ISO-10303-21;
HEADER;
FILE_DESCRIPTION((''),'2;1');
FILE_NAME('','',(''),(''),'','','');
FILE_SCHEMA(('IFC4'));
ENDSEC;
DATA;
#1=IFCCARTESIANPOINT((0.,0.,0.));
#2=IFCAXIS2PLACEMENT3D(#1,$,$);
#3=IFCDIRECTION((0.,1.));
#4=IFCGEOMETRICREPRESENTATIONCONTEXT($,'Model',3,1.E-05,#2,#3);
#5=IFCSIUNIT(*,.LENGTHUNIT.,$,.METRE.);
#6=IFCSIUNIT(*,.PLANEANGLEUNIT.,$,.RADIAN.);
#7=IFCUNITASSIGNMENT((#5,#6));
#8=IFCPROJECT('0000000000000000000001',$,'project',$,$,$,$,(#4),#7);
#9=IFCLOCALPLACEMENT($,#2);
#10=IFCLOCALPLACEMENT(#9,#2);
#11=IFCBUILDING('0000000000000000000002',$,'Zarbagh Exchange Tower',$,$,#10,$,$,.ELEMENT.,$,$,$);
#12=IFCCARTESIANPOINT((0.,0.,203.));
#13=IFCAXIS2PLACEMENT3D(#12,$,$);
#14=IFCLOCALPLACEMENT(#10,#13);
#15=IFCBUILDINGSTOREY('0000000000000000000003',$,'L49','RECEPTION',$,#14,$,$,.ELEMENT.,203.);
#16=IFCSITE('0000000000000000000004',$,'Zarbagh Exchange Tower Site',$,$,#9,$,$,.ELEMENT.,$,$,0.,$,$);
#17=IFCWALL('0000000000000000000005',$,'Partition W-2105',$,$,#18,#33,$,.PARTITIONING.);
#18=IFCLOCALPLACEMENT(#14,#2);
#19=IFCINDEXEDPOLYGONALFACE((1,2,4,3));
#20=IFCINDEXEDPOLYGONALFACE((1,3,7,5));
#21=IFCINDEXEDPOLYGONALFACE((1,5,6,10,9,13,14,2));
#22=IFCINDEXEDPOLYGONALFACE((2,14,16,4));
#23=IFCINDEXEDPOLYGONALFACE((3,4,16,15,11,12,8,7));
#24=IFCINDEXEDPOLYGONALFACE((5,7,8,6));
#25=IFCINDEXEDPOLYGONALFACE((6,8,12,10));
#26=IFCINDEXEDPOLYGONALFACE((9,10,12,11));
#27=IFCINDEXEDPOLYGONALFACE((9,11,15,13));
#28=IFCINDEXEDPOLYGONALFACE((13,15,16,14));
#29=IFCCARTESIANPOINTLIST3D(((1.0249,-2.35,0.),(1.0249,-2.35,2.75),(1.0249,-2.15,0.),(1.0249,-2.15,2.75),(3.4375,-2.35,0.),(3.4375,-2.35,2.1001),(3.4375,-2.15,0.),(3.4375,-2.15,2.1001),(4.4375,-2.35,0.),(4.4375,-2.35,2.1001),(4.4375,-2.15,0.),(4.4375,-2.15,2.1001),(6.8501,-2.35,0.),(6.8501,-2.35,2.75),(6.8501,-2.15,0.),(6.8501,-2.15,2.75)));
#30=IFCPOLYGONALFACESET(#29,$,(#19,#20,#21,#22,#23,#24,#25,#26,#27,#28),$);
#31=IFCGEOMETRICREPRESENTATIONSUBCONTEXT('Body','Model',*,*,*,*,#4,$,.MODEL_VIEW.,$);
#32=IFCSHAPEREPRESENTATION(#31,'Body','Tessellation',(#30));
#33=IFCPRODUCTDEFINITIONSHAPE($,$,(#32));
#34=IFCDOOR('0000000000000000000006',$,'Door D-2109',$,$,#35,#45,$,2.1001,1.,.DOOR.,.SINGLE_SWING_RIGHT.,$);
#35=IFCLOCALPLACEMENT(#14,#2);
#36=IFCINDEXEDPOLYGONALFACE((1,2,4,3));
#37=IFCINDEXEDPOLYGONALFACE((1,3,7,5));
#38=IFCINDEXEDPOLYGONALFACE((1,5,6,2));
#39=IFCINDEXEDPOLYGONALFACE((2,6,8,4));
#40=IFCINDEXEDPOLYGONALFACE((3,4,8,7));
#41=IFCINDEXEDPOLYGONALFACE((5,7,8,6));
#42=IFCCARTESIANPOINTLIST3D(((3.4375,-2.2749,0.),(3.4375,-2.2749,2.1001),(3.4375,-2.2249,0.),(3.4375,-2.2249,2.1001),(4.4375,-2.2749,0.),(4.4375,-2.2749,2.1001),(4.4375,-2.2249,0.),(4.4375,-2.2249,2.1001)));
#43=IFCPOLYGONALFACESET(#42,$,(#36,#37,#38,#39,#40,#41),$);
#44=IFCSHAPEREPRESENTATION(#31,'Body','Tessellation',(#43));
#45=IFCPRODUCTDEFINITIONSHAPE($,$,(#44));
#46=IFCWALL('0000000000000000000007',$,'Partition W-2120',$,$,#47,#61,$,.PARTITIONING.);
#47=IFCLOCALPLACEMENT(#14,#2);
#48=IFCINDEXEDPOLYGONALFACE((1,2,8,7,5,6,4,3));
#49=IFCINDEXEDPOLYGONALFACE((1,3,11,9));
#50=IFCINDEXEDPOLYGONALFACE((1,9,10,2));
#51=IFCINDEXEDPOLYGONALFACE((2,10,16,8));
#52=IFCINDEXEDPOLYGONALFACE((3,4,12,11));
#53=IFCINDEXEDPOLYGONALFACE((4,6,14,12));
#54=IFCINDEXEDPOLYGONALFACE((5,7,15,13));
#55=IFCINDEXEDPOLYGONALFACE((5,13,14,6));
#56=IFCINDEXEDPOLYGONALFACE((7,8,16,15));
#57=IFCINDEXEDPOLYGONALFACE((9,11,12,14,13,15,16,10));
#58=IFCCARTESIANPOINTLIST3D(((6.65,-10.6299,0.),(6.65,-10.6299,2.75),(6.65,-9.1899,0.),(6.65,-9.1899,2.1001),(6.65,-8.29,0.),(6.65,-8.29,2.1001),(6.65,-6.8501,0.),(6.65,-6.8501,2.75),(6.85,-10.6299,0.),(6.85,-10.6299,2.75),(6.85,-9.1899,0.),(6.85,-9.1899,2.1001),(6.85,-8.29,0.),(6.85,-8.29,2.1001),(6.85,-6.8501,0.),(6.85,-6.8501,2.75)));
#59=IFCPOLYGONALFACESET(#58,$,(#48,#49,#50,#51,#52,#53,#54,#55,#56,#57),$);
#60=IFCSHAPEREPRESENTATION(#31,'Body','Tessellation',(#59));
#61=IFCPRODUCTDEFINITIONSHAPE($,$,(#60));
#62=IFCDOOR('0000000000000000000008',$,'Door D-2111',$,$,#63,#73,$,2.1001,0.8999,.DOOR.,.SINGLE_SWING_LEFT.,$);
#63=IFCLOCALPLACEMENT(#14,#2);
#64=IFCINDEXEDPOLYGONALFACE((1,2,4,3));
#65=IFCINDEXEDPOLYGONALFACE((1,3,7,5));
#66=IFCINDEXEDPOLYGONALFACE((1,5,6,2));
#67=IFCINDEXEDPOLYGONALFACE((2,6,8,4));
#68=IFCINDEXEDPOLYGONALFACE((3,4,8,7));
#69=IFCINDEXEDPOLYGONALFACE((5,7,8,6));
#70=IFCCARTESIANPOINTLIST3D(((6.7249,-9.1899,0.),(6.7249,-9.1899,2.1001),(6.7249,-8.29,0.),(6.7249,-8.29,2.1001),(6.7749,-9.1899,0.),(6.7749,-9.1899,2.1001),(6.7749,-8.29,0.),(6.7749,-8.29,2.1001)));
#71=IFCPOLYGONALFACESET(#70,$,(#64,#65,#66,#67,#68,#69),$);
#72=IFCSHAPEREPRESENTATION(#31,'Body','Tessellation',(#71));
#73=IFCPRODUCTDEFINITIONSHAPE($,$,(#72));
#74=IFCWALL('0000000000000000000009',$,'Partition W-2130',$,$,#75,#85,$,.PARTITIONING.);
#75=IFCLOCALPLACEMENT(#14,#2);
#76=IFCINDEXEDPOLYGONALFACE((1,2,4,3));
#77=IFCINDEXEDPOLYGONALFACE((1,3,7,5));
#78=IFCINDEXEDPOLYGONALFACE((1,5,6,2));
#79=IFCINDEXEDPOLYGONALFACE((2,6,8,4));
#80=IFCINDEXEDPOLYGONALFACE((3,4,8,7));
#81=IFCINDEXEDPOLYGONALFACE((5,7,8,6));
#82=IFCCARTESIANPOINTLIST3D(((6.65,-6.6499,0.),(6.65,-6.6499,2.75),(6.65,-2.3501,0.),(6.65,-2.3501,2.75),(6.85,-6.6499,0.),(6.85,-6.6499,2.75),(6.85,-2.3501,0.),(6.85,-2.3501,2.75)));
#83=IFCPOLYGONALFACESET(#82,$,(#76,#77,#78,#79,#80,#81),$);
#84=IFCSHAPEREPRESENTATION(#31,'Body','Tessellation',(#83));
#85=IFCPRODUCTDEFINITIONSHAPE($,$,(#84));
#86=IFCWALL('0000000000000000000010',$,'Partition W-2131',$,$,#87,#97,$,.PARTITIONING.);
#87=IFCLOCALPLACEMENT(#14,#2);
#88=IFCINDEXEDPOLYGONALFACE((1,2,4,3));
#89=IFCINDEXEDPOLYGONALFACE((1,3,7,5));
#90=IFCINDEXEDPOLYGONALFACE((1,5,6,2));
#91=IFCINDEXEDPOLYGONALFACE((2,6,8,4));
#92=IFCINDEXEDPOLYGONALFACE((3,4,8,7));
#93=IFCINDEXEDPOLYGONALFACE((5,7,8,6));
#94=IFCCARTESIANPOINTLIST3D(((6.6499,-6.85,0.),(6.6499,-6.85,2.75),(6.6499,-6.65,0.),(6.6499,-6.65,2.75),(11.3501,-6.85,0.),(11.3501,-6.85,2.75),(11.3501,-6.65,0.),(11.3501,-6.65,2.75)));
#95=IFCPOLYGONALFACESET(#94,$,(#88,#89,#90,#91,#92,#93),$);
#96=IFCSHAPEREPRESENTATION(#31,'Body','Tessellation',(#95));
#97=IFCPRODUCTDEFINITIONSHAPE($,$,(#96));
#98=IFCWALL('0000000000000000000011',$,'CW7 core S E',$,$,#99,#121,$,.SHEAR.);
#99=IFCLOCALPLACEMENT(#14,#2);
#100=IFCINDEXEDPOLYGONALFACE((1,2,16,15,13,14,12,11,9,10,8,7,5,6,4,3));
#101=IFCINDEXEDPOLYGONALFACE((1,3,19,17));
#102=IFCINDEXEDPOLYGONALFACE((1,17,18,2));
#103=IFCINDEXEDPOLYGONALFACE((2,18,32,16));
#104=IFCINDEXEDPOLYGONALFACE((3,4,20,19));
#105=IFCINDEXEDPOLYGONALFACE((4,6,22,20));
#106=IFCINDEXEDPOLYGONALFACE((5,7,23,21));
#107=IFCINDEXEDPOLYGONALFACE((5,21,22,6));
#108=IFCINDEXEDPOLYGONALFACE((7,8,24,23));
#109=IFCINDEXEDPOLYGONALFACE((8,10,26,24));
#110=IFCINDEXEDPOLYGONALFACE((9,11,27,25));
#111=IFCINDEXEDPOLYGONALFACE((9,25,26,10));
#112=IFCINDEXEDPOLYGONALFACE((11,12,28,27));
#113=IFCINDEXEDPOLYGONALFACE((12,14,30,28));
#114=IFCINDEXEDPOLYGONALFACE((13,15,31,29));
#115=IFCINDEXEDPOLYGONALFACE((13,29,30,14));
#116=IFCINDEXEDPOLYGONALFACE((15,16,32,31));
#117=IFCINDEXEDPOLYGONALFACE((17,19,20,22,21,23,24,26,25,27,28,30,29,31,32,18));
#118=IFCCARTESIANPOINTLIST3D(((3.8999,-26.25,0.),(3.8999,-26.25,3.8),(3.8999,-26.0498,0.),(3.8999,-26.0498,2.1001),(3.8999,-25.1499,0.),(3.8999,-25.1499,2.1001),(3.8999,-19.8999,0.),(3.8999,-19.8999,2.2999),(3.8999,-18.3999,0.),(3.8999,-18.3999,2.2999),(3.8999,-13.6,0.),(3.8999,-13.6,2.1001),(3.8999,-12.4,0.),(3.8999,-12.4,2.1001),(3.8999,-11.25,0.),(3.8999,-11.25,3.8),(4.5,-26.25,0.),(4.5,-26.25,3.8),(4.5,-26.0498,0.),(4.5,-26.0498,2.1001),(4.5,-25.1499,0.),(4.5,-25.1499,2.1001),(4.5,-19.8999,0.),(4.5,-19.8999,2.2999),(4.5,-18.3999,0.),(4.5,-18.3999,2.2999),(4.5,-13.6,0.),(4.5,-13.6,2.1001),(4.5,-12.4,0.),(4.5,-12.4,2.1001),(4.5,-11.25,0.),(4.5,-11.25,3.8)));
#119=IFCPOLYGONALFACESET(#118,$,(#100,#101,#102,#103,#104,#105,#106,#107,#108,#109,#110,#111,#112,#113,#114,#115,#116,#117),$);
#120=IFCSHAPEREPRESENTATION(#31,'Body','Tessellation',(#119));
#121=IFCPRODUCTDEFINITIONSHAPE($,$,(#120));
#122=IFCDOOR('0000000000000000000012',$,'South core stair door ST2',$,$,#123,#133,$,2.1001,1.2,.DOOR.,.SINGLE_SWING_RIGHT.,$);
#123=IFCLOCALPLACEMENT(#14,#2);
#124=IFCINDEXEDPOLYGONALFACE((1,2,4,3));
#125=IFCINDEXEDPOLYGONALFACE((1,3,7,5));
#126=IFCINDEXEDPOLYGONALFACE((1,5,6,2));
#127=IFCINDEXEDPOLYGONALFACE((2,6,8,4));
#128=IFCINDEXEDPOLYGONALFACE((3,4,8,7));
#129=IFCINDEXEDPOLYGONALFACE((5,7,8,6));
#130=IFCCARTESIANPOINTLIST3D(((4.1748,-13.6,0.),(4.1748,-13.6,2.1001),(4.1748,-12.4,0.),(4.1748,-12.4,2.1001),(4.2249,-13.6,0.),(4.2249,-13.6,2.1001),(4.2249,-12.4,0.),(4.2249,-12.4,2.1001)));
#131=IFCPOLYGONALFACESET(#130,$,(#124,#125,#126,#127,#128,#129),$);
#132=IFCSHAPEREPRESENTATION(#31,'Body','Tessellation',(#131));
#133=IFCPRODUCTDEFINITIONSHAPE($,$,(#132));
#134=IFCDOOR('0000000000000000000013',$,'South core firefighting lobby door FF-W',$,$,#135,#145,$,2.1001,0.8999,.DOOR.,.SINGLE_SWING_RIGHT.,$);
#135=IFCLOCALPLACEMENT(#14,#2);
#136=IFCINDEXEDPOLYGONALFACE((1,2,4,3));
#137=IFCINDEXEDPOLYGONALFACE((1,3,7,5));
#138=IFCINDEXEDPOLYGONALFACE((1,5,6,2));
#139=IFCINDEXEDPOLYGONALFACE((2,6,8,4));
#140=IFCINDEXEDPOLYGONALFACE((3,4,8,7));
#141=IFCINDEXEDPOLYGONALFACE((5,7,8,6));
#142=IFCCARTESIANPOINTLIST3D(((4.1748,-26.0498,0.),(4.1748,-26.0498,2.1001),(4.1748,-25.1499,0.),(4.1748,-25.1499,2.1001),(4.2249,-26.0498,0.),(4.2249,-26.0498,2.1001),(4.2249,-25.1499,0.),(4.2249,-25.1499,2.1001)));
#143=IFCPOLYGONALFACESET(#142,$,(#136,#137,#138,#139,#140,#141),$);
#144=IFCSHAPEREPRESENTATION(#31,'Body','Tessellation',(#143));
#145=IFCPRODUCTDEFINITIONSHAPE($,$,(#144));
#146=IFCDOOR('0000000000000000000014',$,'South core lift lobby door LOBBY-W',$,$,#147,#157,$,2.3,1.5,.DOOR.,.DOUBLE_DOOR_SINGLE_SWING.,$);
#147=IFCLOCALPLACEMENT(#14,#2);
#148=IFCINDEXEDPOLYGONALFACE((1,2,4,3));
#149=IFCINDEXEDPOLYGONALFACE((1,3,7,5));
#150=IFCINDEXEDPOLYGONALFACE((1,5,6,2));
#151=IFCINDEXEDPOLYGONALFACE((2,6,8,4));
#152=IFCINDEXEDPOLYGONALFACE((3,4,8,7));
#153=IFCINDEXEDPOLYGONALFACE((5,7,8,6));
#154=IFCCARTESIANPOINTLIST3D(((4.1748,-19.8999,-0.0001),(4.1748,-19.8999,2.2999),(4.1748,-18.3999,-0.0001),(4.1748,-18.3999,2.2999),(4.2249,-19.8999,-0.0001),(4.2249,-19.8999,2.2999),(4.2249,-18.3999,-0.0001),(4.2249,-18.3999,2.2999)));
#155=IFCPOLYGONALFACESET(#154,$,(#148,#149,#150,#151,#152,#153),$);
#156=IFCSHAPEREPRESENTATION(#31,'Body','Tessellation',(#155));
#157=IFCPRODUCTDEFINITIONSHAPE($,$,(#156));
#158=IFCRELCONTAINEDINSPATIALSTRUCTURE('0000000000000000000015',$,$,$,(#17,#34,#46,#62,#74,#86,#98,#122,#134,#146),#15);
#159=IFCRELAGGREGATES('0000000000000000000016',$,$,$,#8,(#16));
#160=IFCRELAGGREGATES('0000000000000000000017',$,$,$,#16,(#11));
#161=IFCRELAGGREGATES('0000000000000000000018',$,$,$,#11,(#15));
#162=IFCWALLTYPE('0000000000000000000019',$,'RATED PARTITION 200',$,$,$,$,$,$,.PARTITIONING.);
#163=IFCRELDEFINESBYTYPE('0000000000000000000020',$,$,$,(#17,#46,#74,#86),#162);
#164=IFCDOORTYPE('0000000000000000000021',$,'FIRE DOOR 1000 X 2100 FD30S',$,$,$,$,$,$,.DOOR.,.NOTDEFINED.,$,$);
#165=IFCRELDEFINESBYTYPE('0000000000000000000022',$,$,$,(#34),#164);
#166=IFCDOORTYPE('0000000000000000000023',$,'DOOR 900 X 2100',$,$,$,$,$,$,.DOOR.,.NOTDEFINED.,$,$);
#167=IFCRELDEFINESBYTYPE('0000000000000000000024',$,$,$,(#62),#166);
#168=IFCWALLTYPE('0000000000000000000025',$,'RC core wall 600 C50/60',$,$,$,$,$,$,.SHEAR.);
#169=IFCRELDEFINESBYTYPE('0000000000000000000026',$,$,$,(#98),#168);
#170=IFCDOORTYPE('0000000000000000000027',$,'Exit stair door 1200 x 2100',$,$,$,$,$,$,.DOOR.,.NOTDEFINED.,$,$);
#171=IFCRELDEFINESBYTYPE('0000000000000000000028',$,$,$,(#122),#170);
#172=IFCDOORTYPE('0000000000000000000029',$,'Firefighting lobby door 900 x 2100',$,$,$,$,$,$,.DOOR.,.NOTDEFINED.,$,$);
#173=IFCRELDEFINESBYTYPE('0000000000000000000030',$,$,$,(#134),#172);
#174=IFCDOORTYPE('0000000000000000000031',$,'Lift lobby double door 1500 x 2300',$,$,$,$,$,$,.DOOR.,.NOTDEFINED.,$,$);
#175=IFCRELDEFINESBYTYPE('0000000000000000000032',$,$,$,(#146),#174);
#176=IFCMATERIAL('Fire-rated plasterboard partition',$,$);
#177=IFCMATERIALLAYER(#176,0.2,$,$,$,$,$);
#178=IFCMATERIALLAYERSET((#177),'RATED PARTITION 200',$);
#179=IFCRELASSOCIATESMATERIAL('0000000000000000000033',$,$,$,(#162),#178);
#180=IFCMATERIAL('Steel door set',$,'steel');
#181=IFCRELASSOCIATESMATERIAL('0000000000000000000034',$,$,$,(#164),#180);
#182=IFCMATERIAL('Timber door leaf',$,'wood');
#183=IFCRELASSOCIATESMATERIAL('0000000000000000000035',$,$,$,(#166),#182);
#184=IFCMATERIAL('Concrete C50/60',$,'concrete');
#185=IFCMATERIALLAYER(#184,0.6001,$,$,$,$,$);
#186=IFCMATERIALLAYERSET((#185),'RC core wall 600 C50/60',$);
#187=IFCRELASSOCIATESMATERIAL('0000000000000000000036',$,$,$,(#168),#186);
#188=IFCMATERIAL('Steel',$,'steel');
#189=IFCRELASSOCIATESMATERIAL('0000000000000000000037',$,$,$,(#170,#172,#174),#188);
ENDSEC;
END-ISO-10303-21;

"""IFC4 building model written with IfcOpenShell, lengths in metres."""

from ifc_helpers import new_model, si_unit, direction, frame, frame_2d, origin, place, context, subcontext, project, spatial, rectangle, extrude, material, layer, layer_set, type_object, element, fill, save


model = new_model("IFC4")

# Units and contexts
model_context = context("Model", 3, precision=1e-05, world=origin(), true_north=direction((0.0, 1.0)))
body_context = subcontext(model_context, "Body", "Model", "MODEL_VIEW")
ifc_project = project(units=[si_unit("LENGTHUNIT", "METRE"), si_unit("PLANEANGLEUNIT", "RADIAN")], contexts=[model_context])

# Site, building, storey
site_placement = place(None, origin())
site = spatial("IfcSite", under=ifc_project, at=site_placement, Name="Zarbagh Exchange Tower Site", CompositionType="ELEMENT", RefElevation=0.0)
building_placement = place(site_placement, origin())
building = spatial("IfcBuilding", under=site, at=building_placement, Name="Zarbagh Exchange Tower", CompositionType="ELEMENT")
storey_placement = place(building_placement, frame((0.0, 0.0, 203.0)))
storey = spatial("IfcBuildingStorey", under=building, at=storey_placement, Name="L49", Description="RECEPTION", CompositionType="ELEMENT", Elevation=203.0)

# Shared definitions
ifc_material_1 = material(Name="Concrete C50/60", Category="concrete")

# Walls, openings, doors
ifc_material_2 = material(Name="Fire-rated plasterboard partition")
ifc_layer_1 = layer(ifc_material_2, 0.2)
ifc_layer_set_1 = layer_set([ifc_layer_1], Name="RATED PARTITION 200")
wall_type_1 = type_object("IfcWallType", Name="RATED PARTITION 200", PredefinedType="PARTITIONING", material=ifc_layer_set_1)
wall_1_placement = place(storey_placement, frame((6.8501, -2.25, 0.0), z_axis=(0.0, 0.0, 1.0), x_axis=(-1.0, 0.0, 0.0)))
wall_1 = element("IfcWall", 1, at=wall_1_placement, inside=storey, type_object=wall_type_1, Name="Partition W-2105", PredefinedType="PARTITIONING", context=body_context, shape_type="SweptSolid", body=[
    extrude(rectangle(XDim=5.8252, YDim=0.2, at=frame_2d((2.9126, 0.0))), origin(), (0.0, 0.0, 1.0), 2.75),
])
opening_1_placement = place(wall_1_placement, frame((2.4126, 0.0, 0.0)))
opening_1 = element("IfcOpeningElement", 2, at=opening_1_placement, cuts=wall_1, PredefinedType="OPENING", context=body_context, shape_type="SweptSolid", body=[
    extrude(rectangle(XDim=1.0, YDim=2.1001, at=frame_2d((0.5, 1.05))), frame((0.0, 0.1099, 0.0), z_axis=(0.0, -1.0, 0.0), x_axis=(1.0, 0.0, 0.0)), (0.0, 0.0, 1.0), 0.22),
])
ifc_material_3 = material(Name="Steel door set", Category="steel")
door_type_1 = type_object("IfcDoorType", Name="FIRE DOOR 1000 X 2100 FD30S", OperationType="NOTDEFINED", PredefinedType="DOOR", material=ifc_material_3)
door_1_placement = place(opening_1_placement, origin())
door_1 = element("IfcDoor", 3, at=door_1_placement, inside=storey, type_object=door_type_1, Name="Door D-2109", OperationType="SINGLE_SWING_RIGHT", OverallHeight=2.1001, OverallWidth=1.0, PredefinedType="DOOR", context=body_context, shape_type="SweptSolid", body=[
    extrude(rectangle(XDim=1.0, YDim=2.1001, at=frame_2d((0.5, 1.05))), frame((0.0, 0.0249, 0.0), z_axis=(0.0, -1.0, 0.0), x_axis=(1.0, 0.0, 0.0)), (0.0, 0.0, 1.0), 0.05),
])
fill(opening_1, door_1)
wall_2_placement = place(storey_placement, frame((6.75, -6.8501, 0.0), z_axis=(0.0, 0.0, 1.0), x_axis=(0.0, -1.0, 0.0)))
wall_2 = element("IfcWall", 4, at=wall_2_placement, inside=storey, type_object=wall_type_1, Name="Partition W-2120", PredefinedType="PARTITIONING", context=body_context, shape_type="SweptSolid", body=[
    extrude(rectangle(XDim=3.7798, YDim=0.2, at=frame_2d((1.8899, 0.0))), origin(), (0.0, 0.0, 1.0), 2.75),
])
opening_2_placement = place(wall_2_placement, frame((1.4399, 0.0, 0.0)))
opening_2 = element("IfcOpeningElement", 5, at=opening_2_placement, cuts=wall_2, PredefinedType="OPENING", context=body_context, shape_type="SweptSolid", body=[
    extrude(rectangle(XDim=0.8999, YDim=2.1001, at=frame_2d((0.45, 1.05))), frame((0.0, 0.1099, 0.0), z_axis=(0.0, -1.0, 0.0), x_axis=(1.0, 0.0, 0.0)), (0.0, 0.0, 1.0), 0.22),
])
ifc_material_4 = material(Name="Timber door leaf", Category="wood")
door_type_2 = type_object("IfcDoorType", Name="DOOR 900 X 2100", OperationType="NOTDEFINED", PredefinedType="DOOR", material=ifc_material_4)
door_2_placement = place(opening_2_placement, origin())
door_2 = element("IfcDoor", 6, at=door_2_placement, inside=storey, type_object=door_type_2, Name="Door D-2111", OperationType="SINGLE_SWING_LEFT", OverallHeight=2.1001, OverallWidth=0.8999, PredefinedType="DOOR", context=body_context, shape_type="SweptSolid", body=[
    extrude(rectangle(XDim=0.8999, YDim=2.1001, at=frame_2d((0.45, 1.05))), frame((0.0, 0.0249, 0.0), z_axis=(0.0, -1.0, 0.0), x_axis=(1.0, 0.0, 0.0)), (0.0, 0.0, 1.0), 0.05),
])
fill(opening_2, door_2)

# Walls
wall_3_placement = place(storey_placement, frame((6.75, -6.6499, 0.0), z_axis=(0.0, 0.0, 1.0), x_axis=(0.0, 1.0, 0.0)))
element("IfcWall", 7, at=wall_3_placement, inside=storey, type_object=wall_type_1, Name="Partition W-2130", PredefinedType="PARTITIONING", context=body_context, shape_type="SweptSolid", body=[
    extrude(rectangle(XDim=4.2998, YDim=0.2, at=frame_2d((2.1499, 0.0))), origin(), (0.0, 0.0, 1.0), 2.75),
])
wall_4_placement = place(storey_placement, frame((6.6499, -6.75, 0.0), z_axis=(0.0, 0.0, 1.0), x_axis=(1.0, 0.0, 0.0)))
element("IfcWall", 8, at=wall_4_placement, inside=storey, type_object=wall_type_1, Name="Partition W-2131", PredefinedType="PARTITIONING", context=body_context, shape_type="SweptSolid", body=[
    extrude(rectangle(XDim=4.7002, YDim=0.2, at=frame_2d((2.3501, 0.0))), origin(), (0.0, 0.0, 1.0), 2.75),
])

# Wall, openings, doors
ifc_layer_2 = layer(ifc_material_1, 0.6001)
ifc_layer_set_2 = layer_set([ifc_layer_2], Name="RC core wall 600 C50/60")
wall_type_2 = type_object("IfcWallType", Name="RC core wall 600 C50/60", PredefinedType="SHEAR", material=ifc_layer_set_2)
wall_5_placement = place(storey_placement, frame((4.2, -11.25, 0.0), z_axis=(0.0, 0.0, 1.0), x_axis=(0.0, -1.0, 0.0)))
wall_5 = element("IfcWall", 9, at=wall_5_placement, inside=storey, type_object=wall_type_2, Name="CW7 core S E", PredefinedType="SHEAR", context=body_context, shape_type="SweptSolid", body=[
    extrude(rectangle(XDim=15.0, YDim=0.6001, at=frame_2d((7.5, 0.0))), origin(), (0.0, 0.0, 1.0), 3.8),
])
opening_3_placement = place(wall_5_placement, frame((7.1499, 0.0, 0.0)))
opening_3 = element("IfcOpeningElement", 10, at=opening_3_placement, cuts=wall_5, PredefinedType="OPENING", context=body_context, shape_type="SweptSolid", body=[
    extrude(rectangle(XDim=1.5, YDim=2.3, at=frame_2d((0.75, 1.1499))), frame((0.0, 0.3101, 0.0), z_axis=(0.0, -1.0, 0.0), x_axis=(1.0, 0.0, 0.0)), (0.0, 0.0, 1.0), 0.6201),
])
opening_4_placement = place(wall_5_placement, frame((13.8999, 0.0, 0.0)))
opening_4 = element("IfcOpeningElement", 11, at=opening_4_placement, cuts=wall_5, PredefinedType="OPENING", context=body_context, shape_type="SweptSolid", body=[
    extrude(rectangle(XDim=0.8999, YDim=2.1001, at=frame_2d((0.45, 1.05))), frame((0.0, 0.3101, 0.0), z_axis=(0.0, -1.0, 0.0), x_axis=(1.0, 0.0, 0.0)), (0.0, 0.0, 1.0), 0.6201),
])
opening_5_placement = place(wall_5_placement, frame((1.1499, 0.0, 0.0)))
opening_5 = element("IfcOpeningElement", 12, at=opening_5_placement, cuts=wall_5, PredefinedType="OPENING", context=body_context, shape_type="SweptSolid", body=[
    extrude(rectangle(XDim=1.2, YDim=2.1001, at=frame_2d((0.6001, 1.05))), frame((0.0, 0.3101, 0.0), z_axis=(0.0, -1.0, 0.0), x_axis=(1.0, 0.0, 0.0)), (0.0, 0.0, 1.0), 0.6201),
])
ifc_material_5 = material(Name="Steel", Category="steel")
door_type_3 = type_object("IfcDoorType", Name="Exit stair door 1200 x 2100", OperationType="NOTDEFINED", PredefinedType="DOOR", material=ifc_material_5)
door_3_placement = place(opening_5_placement, origin())
door_3 = element("IfcDoor", 13, at=door_3_placement, inside=storey, type_object=door_type_3, Name="South core stair door ST2", OperationType="SINGLE_SWING_RIGHT", OverallHeight=2.1001, OverallWidth=1.2, PredefinedType="DOOR", context=body_context, shape_type="SweptSolid", body=[
    extrude(rectangle(XDim=1.2, YDim=2.1001, at=frame_2d((0.6001, 1.05))), frame((0.0, 0.0249, 0.0), z_axis=(0.0, -1.0, 0.0), x_axis=(1.0, 0.0, 0.0)), (0.0, 0.0, 1.0), 0.05),
])
fill(opening_5, door_3)
door_type_4 = type_object("IfcDoorType", Name="Firefighting lobby door 900 x 2100", OperationType="NOTDEFINED", PredefinedType="DOOR", material=ifc_material_5)
door_4_placement = place(opening_4_placement, origin())
door_4 = element("IfcDoor", 14, at=door_4_placement, inside=storey, type_object=door_type_4, Name="South core firefighting lobby door FF-W", OperationType="SINGLE_SWING_RIGHT", OverallHeight=2.1001, OverallWidth=0.8999, PredefinedType="DOOR", context=body_context, shape_type="SweptSolid", body=[
    extrude(rectangle(XDim=0.8999, YDim=2.1001, at=frame_2d((0.45, 1.05))), frame((0.0, 0.0249, 0.0), z_axis=(0.0, -1.0, 0.0), x_axis=(1.0, 0.0, 0.0)), (0.0, 0.0, 1.0), 0.05),
])
fill(opening_4, door_4)
door_type_5 = type_object("IfcDoorType", Name="Lift lobby double door 1500 x 2300", OperationType="NOTDEFINED", PredefinedType="DOOR", material=ifc_material_5)
door_5_placement = place(opening_3_placement, origin())
door_5 = element("IfcDoor", 15, at=door_5_placement, inside=storey, type_object=door_type_5, Name="South core lift lobby door LOBBY-W", OperationType="DOUBLE_DOOR_SINGLE_SWING", OverallHeight=2.3, OverallWidth=1.5, PredefinedType="DOOR", context=body_context, shape_type="SweptSolid", body=[
    extrude(rectangle(XDim=1.5, YDim=2.3, at=frame_2d((0.75, 1.1499))), frame((0.0, 0.0249, 0.0), z_axis=(0.0, -1.0, 0.0), x_axis=(1.0, 0.0, 0.0)), (0.0, 0.0, 1.0), 0.05),
])
fill(opening_3, door_5)

save(model, "model.ifc")
